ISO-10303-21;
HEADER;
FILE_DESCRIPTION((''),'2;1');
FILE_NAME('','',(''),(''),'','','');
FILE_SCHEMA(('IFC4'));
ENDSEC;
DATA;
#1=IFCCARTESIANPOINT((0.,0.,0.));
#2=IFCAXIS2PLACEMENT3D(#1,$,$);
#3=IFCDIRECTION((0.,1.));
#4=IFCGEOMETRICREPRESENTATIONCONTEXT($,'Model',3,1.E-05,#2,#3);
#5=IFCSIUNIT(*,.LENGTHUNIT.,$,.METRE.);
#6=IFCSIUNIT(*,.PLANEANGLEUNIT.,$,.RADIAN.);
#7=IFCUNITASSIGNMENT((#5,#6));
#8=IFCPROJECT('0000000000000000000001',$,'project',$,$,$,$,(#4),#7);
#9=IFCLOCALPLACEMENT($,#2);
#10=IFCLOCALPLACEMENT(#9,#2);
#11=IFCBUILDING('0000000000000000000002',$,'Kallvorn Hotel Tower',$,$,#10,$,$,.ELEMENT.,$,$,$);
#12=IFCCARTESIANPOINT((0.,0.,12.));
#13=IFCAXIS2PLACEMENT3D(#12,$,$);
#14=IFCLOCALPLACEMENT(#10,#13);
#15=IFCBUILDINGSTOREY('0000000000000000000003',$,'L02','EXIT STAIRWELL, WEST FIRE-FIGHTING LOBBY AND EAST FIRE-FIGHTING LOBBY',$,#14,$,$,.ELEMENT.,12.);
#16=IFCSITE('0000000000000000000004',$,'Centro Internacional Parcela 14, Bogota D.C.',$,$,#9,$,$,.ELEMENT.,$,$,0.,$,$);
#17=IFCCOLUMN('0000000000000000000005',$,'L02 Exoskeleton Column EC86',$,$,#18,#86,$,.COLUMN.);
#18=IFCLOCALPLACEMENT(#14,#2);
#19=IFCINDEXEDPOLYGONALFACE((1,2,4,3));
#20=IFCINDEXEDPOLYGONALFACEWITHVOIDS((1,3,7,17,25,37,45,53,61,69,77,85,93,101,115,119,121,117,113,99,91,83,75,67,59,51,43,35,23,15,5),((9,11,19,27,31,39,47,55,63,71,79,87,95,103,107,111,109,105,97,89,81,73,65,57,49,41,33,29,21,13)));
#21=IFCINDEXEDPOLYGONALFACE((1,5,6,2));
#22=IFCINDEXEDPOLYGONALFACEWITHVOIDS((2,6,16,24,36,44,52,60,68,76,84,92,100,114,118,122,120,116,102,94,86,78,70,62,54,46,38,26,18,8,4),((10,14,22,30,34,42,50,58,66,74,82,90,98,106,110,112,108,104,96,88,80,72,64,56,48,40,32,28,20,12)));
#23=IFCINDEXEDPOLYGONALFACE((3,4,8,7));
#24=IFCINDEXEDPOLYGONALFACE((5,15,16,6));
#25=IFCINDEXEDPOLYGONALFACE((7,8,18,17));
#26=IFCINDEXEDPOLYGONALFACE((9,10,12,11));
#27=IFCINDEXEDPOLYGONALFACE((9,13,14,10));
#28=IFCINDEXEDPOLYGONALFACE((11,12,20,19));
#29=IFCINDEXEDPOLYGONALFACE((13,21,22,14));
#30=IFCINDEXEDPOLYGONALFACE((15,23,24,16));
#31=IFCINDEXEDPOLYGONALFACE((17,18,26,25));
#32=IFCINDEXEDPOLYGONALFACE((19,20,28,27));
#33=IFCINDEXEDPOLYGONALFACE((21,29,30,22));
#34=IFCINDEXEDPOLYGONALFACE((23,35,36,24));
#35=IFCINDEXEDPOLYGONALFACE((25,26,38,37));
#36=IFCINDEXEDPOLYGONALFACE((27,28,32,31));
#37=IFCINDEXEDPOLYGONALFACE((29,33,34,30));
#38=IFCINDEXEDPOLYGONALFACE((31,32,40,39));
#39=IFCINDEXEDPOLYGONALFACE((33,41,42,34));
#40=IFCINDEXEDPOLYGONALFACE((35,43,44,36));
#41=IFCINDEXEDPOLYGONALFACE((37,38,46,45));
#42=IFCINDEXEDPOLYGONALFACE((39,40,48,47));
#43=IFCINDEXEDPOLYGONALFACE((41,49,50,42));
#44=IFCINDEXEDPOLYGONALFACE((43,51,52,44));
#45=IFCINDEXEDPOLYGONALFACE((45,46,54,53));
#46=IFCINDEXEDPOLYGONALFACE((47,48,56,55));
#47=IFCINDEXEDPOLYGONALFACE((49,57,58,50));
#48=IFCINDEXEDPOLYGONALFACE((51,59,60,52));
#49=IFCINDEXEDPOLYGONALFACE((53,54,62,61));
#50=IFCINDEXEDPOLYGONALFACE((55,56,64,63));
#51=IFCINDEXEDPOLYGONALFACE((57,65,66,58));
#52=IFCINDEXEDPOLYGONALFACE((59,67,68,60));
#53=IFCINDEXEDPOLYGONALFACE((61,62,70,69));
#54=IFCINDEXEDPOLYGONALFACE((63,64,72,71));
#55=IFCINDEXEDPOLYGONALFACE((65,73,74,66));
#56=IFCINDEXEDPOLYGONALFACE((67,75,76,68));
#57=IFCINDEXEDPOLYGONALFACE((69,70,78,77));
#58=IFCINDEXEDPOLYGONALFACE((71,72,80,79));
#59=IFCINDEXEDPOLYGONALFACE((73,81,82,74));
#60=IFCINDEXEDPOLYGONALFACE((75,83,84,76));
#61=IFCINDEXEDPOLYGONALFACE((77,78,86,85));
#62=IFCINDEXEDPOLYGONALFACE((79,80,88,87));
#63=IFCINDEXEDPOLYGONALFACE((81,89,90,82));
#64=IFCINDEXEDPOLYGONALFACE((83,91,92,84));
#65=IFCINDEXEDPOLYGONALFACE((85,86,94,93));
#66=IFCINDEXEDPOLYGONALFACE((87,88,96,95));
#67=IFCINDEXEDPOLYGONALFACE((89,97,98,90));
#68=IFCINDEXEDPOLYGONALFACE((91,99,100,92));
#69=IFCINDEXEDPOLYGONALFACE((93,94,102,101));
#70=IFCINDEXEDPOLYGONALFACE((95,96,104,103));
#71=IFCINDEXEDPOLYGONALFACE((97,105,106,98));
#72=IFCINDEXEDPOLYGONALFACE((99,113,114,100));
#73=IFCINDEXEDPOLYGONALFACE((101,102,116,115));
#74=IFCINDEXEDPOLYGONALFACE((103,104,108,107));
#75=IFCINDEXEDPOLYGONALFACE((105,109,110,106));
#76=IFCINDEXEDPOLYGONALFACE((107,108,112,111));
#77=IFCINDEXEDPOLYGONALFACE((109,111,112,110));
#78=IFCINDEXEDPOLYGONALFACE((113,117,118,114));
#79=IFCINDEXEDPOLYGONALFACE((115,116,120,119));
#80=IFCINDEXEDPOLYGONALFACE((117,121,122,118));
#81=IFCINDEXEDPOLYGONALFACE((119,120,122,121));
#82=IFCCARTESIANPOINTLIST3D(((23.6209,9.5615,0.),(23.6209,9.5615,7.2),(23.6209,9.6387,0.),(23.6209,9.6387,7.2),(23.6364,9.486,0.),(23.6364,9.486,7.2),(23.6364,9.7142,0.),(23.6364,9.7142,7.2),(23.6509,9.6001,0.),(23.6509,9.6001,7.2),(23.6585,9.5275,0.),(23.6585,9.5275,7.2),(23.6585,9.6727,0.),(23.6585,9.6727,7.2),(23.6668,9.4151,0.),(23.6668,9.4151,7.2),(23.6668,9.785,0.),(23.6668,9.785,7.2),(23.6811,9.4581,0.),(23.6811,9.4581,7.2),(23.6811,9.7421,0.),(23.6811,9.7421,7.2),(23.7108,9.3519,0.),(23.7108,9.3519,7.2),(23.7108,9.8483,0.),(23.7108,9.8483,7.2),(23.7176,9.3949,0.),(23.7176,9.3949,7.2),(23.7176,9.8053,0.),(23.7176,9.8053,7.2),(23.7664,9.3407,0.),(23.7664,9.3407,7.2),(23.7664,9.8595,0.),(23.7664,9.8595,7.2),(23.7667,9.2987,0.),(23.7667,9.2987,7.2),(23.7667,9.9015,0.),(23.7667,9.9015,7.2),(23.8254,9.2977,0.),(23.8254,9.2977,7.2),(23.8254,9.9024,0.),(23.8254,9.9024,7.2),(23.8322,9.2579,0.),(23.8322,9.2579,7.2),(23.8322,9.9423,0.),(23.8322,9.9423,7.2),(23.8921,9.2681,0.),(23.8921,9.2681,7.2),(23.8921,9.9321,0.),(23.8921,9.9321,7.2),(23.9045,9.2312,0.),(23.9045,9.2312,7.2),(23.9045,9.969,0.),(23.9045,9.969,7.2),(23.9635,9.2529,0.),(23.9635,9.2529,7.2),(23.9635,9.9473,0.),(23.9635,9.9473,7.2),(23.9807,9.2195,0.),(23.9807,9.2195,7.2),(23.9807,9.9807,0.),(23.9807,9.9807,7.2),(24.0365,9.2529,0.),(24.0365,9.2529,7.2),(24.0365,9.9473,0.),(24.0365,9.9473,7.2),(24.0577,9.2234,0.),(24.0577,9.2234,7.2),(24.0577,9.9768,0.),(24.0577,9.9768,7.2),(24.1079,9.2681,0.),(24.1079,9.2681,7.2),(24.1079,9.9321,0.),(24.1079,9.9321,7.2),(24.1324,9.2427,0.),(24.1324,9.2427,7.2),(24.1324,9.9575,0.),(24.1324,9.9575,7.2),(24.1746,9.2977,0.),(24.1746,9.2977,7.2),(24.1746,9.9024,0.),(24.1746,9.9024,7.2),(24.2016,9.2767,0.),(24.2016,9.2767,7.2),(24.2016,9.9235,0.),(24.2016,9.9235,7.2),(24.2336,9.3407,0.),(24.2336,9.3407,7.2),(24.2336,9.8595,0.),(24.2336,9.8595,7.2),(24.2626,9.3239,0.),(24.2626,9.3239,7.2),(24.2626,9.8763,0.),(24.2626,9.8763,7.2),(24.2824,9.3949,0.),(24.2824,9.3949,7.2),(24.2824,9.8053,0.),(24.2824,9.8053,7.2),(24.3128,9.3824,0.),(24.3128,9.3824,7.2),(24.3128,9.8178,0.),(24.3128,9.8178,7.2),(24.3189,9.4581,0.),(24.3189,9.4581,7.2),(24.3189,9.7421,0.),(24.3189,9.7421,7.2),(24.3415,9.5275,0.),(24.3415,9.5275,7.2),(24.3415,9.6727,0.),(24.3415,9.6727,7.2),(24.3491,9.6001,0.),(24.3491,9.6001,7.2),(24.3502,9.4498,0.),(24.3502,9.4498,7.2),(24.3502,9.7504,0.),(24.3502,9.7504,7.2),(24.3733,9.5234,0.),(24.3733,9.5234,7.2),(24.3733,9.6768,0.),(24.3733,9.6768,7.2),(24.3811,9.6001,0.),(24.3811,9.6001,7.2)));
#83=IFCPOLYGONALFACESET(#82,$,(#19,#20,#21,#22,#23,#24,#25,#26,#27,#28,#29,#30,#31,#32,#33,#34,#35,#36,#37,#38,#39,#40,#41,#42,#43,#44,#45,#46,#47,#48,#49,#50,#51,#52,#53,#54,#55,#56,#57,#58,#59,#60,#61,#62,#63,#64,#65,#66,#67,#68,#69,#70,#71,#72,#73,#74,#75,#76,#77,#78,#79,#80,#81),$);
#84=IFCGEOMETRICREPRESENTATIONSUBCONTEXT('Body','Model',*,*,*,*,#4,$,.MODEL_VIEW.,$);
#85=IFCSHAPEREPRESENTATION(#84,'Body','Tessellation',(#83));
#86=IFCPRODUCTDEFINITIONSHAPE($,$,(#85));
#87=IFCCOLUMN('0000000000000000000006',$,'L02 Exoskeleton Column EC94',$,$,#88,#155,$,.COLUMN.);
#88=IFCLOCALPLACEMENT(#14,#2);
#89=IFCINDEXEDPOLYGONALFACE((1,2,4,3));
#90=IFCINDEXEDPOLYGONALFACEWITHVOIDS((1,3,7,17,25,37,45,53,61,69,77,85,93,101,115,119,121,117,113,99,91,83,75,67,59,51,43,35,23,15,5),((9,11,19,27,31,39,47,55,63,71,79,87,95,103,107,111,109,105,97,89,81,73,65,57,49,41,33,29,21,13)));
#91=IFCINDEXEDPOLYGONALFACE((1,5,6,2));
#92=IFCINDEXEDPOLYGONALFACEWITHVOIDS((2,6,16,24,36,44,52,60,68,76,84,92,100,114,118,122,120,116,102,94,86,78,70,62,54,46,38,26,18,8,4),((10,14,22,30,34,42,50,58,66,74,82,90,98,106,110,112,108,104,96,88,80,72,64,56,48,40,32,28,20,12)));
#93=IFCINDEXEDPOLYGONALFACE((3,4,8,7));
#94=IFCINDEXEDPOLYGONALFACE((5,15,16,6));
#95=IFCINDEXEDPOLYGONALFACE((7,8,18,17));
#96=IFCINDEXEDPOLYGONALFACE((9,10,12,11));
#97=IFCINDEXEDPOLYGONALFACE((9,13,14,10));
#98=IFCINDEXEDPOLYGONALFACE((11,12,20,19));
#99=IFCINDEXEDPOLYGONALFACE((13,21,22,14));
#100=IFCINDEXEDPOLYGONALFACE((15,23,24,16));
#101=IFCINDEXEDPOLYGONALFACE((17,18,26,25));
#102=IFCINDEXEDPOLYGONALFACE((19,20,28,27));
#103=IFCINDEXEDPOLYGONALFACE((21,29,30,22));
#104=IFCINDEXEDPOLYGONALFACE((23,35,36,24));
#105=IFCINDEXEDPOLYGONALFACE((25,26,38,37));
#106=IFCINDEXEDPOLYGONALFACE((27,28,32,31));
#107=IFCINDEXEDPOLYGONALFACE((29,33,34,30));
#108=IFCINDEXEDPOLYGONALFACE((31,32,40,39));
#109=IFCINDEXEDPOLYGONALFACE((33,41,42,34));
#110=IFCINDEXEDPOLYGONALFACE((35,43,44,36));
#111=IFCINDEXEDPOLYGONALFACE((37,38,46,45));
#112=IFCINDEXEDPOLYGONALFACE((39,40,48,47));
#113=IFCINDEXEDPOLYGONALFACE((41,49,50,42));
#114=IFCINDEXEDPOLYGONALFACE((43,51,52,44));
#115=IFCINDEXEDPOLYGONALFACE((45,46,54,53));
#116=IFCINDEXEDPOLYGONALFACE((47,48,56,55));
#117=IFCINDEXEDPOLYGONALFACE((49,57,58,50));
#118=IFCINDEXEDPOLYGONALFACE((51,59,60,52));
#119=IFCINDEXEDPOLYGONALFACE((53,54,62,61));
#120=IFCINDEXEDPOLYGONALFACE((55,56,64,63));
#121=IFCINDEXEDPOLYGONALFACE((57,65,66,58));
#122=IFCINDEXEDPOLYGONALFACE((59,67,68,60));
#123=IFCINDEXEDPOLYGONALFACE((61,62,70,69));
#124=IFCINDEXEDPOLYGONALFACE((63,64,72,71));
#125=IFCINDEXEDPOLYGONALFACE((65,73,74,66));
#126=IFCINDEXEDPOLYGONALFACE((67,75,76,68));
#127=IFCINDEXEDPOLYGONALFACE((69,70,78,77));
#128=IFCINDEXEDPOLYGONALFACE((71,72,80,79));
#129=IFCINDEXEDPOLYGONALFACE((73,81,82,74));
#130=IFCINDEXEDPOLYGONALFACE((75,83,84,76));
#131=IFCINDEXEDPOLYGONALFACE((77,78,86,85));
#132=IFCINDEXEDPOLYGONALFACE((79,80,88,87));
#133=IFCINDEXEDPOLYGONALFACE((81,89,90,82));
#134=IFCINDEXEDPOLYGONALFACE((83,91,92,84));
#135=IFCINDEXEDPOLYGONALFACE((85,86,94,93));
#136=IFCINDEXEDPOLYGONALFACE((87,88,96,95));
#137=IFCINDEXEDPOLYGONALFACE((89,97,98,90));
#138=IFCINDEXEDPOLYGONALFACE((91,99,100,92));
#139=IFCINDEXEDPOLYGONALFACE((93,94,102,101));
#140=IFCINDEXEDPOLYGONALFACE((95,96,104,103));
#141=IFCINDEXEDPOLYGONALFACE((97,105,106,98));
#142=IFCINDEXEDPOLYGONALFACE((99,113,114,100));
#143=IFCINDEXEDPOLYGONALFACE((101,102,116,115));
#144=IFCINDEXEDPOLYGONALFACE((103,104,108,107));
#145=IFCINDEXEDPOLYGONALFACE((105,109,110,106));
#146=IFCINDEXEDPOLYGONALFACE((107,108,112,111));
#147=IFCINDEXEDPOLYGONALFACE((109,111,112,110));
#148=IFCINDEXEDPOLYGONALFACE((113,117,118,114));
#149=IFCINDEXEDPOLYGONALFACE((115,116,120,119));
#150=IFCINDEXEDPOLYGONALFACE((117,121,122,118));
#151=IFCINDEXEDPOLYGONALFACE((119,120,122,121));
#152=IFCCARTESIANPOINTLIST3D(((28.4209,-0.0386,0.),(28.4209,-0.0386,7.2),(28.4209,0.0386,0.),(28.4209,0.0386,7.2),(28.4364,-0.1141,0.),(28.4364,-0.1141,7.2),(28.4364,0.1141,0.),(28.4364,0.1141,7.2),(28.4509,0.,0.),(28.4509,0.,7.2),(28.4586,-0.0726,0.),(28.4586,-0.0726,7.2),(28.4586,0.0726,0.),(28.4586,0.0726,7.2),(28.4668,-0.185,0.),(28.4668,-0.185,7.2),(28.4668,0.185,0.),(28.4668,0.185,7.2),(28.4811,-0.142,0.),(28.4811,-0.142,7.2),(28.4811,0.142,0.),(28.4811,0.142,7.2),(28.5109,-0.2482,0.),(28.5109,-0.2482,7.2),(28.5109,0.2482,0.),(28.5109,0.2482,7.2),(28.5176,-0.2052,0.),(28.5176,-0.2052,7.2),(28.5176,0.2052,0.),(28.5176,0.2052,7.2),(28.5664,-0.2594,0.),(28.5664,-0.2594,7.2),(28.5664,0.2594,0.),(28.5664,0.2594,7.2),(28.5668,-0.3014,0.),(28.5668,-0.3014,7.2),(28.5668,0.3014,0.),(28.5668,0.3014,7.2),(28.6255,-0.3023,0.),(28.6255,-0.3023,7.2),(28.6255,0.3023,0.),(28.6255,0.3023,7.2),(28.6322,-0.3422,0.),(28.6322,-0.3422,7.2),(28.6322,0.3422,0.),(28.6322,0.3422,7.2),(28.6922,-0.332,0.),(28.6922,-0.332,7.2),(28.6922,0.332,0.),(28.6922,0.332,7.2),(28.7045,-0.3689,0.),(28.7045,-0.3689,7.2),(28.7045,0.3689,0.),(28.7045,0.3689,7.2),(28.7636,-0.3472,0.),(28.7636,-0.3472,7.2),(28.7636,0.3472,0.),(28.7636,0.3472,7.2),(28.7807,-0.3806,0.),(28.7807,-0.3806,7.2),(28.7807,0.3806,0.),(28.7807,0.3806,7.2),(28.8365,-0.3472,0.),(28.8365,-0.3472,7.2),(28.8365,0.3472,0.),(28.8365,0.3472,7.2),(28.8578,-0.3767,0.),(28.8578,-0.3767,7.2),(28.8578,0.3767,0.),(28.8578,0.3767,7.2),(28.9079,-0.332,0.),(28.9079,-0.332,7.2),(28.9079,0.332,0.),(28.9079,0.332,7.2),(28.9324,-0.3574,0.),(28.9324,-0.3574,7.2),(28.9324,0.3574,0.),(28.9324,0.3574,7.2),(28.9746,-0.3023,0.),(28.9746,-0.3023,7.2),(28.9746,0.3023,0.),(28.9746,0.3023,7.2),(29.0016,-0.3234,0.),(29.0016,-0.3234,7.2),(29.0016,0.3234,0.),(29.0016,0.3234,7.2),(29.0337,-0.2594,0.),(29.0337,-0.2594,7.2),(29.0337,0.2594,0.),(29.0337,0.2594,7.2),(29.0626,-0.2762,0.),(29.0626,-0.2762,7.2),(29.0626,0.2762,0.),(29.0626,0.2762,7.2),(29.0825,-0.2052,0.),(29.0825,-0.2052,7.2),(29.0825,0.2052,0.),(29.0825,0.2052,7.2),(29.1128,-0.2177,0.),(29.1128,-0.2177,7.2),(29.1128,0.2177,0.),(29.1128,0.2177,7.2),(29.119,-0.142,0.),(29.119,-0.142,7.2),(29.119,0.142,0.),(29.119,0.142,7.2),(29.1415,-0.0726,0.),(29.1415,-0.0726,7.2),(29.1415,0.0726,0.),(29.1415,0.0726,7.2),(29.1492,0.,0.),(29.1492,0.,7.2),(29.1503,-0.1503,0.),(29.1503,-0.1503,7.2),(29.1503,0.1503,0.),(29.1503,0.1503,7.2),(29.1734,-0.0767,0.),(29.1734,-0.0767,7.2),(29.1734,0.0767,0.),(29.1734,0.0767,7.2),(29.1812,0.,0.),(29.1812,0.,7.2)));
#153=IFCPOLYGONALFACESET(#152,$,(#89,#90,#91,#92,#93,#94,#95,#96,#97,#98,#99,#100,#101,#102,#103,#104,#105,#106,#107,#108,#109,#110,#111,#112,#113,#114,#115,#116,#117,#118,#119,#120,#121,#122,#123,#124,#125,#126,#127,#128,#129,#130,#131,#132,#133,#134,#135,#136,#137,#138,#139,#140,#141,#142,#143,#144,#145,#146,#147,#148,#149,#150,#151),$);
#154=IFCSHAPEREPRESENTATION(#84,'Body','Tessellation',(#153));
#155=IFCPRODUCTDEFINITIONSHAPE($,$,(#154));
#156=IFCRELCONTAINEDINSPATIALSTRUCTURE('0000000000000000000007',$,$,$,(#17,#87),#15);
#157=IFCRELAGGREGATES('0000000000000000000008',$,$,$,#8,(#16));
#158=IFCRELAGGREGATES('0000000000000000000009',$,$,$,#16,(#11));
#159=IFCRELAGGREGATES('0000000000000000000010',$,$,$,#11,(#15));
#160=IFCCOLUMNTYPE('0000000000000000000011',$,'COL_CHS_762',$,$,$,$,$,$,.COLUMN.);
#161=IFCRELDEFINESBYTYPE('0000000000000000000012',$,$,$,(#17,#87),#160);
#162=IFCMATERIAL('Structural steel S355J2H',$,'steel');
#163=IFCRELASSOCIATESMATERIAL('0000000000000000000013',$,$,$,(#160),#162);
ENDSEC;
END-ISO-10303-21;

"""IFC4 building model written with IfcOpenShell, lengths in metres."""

from ifc_helpers import new_model, si_unit, direction, frame, origin, origin_2d, place, context, subcontext, project, spatial, hollow_circle, extrude, material, material_profile, profile_set, type_object, element, save


model = new_model("IFC4")

# Units and contexts
model_context = context("Model", 3, precision=1e-05, world=origin(), true_north=direction((0.0, 1.0)))
body_context = subcontext(model_context, "Body", "Model", "MODEL_VIEW")
ifc_project = project(units=[si_unit("LENGTHUNIT", "METRE"), si_unit("PLANEANGLEUNIT", "RADIAN")], contexts=[model_context])

# Site, building, storey
site_placement = place(None, origin())
site = spatial("IfcSite", under=ifc_project, at=site_placement, Name="Centro Internacional Parcela 14, Bogota D.C.", CompositionType="ELEMENT", RefElevation=0.0)
building_placement = place(site_placement, origin())
building = spatial("IfcBuilding", under=site, at=building_placement, Name="Kallvorn Hotel Tower", CompositionType="ELEMENT")
storey_placement = place(building_placement, frame((0.0, 0.0, 12.0)))
storey = spatial("IfcBuildingStorey", under=building, at=storey_placement, Name="L02", Description="EXIT STAIRWELL, WEST FIRE-FIGHTING LOBBY AND EAST FIRE-FIGHTING LOBBY", CompositionType="ELEMENT", Elevation=12.0)

# Columns
ifc_material_1 = material(Name="Structural steel S355J2H", Category="steel")
ifc_material_profile_1 = material_profile(ifc_material_1, hollow_circle(Radius=0.3811, WallThickness=0.032, at=origin_2d()), Name="CHS 762x32")
ifc_profile_set_1 = profile_set([ifc_material_profile_1], Name="Structural steel S355J2H")
column_type_1 = type_object("IfcColumnType", Name="COL_CHS_762", PredefinedType="COLUMN", material=ifc_profile_set_1)
for number, where, z_axis, x_axis, name in (
    (1, (24.0, 9.6001, 0.0), (0.0, 0.0, 1.0), (1.0, 0.0, 0.0), "L02 Exoskeleton Column EC86"),
    (2, (28.8, 0.0, 0.0), (0.0, 0.0, 1.0), (1.0, 0.0, 0.0), "L02 Exoskeleton Column EC94"),
):
    element("IfcColumn", number, at=place(storey_placement, frame(where, z_axis=z_axis, x_axis=x_axis)), inside=storey, type_object=column_type_1, Name=name, PredefinedType="COLUMN", context=body_context, shape_type="SweptSolid", body=[
        extrude(hollow_circle(Radius=0.3811, WallThickness=0.032, at=origin_2d()), origin(), (0.0, 0.0, 1.0), 7.2),
    ])

save(model, "model.ifc")
